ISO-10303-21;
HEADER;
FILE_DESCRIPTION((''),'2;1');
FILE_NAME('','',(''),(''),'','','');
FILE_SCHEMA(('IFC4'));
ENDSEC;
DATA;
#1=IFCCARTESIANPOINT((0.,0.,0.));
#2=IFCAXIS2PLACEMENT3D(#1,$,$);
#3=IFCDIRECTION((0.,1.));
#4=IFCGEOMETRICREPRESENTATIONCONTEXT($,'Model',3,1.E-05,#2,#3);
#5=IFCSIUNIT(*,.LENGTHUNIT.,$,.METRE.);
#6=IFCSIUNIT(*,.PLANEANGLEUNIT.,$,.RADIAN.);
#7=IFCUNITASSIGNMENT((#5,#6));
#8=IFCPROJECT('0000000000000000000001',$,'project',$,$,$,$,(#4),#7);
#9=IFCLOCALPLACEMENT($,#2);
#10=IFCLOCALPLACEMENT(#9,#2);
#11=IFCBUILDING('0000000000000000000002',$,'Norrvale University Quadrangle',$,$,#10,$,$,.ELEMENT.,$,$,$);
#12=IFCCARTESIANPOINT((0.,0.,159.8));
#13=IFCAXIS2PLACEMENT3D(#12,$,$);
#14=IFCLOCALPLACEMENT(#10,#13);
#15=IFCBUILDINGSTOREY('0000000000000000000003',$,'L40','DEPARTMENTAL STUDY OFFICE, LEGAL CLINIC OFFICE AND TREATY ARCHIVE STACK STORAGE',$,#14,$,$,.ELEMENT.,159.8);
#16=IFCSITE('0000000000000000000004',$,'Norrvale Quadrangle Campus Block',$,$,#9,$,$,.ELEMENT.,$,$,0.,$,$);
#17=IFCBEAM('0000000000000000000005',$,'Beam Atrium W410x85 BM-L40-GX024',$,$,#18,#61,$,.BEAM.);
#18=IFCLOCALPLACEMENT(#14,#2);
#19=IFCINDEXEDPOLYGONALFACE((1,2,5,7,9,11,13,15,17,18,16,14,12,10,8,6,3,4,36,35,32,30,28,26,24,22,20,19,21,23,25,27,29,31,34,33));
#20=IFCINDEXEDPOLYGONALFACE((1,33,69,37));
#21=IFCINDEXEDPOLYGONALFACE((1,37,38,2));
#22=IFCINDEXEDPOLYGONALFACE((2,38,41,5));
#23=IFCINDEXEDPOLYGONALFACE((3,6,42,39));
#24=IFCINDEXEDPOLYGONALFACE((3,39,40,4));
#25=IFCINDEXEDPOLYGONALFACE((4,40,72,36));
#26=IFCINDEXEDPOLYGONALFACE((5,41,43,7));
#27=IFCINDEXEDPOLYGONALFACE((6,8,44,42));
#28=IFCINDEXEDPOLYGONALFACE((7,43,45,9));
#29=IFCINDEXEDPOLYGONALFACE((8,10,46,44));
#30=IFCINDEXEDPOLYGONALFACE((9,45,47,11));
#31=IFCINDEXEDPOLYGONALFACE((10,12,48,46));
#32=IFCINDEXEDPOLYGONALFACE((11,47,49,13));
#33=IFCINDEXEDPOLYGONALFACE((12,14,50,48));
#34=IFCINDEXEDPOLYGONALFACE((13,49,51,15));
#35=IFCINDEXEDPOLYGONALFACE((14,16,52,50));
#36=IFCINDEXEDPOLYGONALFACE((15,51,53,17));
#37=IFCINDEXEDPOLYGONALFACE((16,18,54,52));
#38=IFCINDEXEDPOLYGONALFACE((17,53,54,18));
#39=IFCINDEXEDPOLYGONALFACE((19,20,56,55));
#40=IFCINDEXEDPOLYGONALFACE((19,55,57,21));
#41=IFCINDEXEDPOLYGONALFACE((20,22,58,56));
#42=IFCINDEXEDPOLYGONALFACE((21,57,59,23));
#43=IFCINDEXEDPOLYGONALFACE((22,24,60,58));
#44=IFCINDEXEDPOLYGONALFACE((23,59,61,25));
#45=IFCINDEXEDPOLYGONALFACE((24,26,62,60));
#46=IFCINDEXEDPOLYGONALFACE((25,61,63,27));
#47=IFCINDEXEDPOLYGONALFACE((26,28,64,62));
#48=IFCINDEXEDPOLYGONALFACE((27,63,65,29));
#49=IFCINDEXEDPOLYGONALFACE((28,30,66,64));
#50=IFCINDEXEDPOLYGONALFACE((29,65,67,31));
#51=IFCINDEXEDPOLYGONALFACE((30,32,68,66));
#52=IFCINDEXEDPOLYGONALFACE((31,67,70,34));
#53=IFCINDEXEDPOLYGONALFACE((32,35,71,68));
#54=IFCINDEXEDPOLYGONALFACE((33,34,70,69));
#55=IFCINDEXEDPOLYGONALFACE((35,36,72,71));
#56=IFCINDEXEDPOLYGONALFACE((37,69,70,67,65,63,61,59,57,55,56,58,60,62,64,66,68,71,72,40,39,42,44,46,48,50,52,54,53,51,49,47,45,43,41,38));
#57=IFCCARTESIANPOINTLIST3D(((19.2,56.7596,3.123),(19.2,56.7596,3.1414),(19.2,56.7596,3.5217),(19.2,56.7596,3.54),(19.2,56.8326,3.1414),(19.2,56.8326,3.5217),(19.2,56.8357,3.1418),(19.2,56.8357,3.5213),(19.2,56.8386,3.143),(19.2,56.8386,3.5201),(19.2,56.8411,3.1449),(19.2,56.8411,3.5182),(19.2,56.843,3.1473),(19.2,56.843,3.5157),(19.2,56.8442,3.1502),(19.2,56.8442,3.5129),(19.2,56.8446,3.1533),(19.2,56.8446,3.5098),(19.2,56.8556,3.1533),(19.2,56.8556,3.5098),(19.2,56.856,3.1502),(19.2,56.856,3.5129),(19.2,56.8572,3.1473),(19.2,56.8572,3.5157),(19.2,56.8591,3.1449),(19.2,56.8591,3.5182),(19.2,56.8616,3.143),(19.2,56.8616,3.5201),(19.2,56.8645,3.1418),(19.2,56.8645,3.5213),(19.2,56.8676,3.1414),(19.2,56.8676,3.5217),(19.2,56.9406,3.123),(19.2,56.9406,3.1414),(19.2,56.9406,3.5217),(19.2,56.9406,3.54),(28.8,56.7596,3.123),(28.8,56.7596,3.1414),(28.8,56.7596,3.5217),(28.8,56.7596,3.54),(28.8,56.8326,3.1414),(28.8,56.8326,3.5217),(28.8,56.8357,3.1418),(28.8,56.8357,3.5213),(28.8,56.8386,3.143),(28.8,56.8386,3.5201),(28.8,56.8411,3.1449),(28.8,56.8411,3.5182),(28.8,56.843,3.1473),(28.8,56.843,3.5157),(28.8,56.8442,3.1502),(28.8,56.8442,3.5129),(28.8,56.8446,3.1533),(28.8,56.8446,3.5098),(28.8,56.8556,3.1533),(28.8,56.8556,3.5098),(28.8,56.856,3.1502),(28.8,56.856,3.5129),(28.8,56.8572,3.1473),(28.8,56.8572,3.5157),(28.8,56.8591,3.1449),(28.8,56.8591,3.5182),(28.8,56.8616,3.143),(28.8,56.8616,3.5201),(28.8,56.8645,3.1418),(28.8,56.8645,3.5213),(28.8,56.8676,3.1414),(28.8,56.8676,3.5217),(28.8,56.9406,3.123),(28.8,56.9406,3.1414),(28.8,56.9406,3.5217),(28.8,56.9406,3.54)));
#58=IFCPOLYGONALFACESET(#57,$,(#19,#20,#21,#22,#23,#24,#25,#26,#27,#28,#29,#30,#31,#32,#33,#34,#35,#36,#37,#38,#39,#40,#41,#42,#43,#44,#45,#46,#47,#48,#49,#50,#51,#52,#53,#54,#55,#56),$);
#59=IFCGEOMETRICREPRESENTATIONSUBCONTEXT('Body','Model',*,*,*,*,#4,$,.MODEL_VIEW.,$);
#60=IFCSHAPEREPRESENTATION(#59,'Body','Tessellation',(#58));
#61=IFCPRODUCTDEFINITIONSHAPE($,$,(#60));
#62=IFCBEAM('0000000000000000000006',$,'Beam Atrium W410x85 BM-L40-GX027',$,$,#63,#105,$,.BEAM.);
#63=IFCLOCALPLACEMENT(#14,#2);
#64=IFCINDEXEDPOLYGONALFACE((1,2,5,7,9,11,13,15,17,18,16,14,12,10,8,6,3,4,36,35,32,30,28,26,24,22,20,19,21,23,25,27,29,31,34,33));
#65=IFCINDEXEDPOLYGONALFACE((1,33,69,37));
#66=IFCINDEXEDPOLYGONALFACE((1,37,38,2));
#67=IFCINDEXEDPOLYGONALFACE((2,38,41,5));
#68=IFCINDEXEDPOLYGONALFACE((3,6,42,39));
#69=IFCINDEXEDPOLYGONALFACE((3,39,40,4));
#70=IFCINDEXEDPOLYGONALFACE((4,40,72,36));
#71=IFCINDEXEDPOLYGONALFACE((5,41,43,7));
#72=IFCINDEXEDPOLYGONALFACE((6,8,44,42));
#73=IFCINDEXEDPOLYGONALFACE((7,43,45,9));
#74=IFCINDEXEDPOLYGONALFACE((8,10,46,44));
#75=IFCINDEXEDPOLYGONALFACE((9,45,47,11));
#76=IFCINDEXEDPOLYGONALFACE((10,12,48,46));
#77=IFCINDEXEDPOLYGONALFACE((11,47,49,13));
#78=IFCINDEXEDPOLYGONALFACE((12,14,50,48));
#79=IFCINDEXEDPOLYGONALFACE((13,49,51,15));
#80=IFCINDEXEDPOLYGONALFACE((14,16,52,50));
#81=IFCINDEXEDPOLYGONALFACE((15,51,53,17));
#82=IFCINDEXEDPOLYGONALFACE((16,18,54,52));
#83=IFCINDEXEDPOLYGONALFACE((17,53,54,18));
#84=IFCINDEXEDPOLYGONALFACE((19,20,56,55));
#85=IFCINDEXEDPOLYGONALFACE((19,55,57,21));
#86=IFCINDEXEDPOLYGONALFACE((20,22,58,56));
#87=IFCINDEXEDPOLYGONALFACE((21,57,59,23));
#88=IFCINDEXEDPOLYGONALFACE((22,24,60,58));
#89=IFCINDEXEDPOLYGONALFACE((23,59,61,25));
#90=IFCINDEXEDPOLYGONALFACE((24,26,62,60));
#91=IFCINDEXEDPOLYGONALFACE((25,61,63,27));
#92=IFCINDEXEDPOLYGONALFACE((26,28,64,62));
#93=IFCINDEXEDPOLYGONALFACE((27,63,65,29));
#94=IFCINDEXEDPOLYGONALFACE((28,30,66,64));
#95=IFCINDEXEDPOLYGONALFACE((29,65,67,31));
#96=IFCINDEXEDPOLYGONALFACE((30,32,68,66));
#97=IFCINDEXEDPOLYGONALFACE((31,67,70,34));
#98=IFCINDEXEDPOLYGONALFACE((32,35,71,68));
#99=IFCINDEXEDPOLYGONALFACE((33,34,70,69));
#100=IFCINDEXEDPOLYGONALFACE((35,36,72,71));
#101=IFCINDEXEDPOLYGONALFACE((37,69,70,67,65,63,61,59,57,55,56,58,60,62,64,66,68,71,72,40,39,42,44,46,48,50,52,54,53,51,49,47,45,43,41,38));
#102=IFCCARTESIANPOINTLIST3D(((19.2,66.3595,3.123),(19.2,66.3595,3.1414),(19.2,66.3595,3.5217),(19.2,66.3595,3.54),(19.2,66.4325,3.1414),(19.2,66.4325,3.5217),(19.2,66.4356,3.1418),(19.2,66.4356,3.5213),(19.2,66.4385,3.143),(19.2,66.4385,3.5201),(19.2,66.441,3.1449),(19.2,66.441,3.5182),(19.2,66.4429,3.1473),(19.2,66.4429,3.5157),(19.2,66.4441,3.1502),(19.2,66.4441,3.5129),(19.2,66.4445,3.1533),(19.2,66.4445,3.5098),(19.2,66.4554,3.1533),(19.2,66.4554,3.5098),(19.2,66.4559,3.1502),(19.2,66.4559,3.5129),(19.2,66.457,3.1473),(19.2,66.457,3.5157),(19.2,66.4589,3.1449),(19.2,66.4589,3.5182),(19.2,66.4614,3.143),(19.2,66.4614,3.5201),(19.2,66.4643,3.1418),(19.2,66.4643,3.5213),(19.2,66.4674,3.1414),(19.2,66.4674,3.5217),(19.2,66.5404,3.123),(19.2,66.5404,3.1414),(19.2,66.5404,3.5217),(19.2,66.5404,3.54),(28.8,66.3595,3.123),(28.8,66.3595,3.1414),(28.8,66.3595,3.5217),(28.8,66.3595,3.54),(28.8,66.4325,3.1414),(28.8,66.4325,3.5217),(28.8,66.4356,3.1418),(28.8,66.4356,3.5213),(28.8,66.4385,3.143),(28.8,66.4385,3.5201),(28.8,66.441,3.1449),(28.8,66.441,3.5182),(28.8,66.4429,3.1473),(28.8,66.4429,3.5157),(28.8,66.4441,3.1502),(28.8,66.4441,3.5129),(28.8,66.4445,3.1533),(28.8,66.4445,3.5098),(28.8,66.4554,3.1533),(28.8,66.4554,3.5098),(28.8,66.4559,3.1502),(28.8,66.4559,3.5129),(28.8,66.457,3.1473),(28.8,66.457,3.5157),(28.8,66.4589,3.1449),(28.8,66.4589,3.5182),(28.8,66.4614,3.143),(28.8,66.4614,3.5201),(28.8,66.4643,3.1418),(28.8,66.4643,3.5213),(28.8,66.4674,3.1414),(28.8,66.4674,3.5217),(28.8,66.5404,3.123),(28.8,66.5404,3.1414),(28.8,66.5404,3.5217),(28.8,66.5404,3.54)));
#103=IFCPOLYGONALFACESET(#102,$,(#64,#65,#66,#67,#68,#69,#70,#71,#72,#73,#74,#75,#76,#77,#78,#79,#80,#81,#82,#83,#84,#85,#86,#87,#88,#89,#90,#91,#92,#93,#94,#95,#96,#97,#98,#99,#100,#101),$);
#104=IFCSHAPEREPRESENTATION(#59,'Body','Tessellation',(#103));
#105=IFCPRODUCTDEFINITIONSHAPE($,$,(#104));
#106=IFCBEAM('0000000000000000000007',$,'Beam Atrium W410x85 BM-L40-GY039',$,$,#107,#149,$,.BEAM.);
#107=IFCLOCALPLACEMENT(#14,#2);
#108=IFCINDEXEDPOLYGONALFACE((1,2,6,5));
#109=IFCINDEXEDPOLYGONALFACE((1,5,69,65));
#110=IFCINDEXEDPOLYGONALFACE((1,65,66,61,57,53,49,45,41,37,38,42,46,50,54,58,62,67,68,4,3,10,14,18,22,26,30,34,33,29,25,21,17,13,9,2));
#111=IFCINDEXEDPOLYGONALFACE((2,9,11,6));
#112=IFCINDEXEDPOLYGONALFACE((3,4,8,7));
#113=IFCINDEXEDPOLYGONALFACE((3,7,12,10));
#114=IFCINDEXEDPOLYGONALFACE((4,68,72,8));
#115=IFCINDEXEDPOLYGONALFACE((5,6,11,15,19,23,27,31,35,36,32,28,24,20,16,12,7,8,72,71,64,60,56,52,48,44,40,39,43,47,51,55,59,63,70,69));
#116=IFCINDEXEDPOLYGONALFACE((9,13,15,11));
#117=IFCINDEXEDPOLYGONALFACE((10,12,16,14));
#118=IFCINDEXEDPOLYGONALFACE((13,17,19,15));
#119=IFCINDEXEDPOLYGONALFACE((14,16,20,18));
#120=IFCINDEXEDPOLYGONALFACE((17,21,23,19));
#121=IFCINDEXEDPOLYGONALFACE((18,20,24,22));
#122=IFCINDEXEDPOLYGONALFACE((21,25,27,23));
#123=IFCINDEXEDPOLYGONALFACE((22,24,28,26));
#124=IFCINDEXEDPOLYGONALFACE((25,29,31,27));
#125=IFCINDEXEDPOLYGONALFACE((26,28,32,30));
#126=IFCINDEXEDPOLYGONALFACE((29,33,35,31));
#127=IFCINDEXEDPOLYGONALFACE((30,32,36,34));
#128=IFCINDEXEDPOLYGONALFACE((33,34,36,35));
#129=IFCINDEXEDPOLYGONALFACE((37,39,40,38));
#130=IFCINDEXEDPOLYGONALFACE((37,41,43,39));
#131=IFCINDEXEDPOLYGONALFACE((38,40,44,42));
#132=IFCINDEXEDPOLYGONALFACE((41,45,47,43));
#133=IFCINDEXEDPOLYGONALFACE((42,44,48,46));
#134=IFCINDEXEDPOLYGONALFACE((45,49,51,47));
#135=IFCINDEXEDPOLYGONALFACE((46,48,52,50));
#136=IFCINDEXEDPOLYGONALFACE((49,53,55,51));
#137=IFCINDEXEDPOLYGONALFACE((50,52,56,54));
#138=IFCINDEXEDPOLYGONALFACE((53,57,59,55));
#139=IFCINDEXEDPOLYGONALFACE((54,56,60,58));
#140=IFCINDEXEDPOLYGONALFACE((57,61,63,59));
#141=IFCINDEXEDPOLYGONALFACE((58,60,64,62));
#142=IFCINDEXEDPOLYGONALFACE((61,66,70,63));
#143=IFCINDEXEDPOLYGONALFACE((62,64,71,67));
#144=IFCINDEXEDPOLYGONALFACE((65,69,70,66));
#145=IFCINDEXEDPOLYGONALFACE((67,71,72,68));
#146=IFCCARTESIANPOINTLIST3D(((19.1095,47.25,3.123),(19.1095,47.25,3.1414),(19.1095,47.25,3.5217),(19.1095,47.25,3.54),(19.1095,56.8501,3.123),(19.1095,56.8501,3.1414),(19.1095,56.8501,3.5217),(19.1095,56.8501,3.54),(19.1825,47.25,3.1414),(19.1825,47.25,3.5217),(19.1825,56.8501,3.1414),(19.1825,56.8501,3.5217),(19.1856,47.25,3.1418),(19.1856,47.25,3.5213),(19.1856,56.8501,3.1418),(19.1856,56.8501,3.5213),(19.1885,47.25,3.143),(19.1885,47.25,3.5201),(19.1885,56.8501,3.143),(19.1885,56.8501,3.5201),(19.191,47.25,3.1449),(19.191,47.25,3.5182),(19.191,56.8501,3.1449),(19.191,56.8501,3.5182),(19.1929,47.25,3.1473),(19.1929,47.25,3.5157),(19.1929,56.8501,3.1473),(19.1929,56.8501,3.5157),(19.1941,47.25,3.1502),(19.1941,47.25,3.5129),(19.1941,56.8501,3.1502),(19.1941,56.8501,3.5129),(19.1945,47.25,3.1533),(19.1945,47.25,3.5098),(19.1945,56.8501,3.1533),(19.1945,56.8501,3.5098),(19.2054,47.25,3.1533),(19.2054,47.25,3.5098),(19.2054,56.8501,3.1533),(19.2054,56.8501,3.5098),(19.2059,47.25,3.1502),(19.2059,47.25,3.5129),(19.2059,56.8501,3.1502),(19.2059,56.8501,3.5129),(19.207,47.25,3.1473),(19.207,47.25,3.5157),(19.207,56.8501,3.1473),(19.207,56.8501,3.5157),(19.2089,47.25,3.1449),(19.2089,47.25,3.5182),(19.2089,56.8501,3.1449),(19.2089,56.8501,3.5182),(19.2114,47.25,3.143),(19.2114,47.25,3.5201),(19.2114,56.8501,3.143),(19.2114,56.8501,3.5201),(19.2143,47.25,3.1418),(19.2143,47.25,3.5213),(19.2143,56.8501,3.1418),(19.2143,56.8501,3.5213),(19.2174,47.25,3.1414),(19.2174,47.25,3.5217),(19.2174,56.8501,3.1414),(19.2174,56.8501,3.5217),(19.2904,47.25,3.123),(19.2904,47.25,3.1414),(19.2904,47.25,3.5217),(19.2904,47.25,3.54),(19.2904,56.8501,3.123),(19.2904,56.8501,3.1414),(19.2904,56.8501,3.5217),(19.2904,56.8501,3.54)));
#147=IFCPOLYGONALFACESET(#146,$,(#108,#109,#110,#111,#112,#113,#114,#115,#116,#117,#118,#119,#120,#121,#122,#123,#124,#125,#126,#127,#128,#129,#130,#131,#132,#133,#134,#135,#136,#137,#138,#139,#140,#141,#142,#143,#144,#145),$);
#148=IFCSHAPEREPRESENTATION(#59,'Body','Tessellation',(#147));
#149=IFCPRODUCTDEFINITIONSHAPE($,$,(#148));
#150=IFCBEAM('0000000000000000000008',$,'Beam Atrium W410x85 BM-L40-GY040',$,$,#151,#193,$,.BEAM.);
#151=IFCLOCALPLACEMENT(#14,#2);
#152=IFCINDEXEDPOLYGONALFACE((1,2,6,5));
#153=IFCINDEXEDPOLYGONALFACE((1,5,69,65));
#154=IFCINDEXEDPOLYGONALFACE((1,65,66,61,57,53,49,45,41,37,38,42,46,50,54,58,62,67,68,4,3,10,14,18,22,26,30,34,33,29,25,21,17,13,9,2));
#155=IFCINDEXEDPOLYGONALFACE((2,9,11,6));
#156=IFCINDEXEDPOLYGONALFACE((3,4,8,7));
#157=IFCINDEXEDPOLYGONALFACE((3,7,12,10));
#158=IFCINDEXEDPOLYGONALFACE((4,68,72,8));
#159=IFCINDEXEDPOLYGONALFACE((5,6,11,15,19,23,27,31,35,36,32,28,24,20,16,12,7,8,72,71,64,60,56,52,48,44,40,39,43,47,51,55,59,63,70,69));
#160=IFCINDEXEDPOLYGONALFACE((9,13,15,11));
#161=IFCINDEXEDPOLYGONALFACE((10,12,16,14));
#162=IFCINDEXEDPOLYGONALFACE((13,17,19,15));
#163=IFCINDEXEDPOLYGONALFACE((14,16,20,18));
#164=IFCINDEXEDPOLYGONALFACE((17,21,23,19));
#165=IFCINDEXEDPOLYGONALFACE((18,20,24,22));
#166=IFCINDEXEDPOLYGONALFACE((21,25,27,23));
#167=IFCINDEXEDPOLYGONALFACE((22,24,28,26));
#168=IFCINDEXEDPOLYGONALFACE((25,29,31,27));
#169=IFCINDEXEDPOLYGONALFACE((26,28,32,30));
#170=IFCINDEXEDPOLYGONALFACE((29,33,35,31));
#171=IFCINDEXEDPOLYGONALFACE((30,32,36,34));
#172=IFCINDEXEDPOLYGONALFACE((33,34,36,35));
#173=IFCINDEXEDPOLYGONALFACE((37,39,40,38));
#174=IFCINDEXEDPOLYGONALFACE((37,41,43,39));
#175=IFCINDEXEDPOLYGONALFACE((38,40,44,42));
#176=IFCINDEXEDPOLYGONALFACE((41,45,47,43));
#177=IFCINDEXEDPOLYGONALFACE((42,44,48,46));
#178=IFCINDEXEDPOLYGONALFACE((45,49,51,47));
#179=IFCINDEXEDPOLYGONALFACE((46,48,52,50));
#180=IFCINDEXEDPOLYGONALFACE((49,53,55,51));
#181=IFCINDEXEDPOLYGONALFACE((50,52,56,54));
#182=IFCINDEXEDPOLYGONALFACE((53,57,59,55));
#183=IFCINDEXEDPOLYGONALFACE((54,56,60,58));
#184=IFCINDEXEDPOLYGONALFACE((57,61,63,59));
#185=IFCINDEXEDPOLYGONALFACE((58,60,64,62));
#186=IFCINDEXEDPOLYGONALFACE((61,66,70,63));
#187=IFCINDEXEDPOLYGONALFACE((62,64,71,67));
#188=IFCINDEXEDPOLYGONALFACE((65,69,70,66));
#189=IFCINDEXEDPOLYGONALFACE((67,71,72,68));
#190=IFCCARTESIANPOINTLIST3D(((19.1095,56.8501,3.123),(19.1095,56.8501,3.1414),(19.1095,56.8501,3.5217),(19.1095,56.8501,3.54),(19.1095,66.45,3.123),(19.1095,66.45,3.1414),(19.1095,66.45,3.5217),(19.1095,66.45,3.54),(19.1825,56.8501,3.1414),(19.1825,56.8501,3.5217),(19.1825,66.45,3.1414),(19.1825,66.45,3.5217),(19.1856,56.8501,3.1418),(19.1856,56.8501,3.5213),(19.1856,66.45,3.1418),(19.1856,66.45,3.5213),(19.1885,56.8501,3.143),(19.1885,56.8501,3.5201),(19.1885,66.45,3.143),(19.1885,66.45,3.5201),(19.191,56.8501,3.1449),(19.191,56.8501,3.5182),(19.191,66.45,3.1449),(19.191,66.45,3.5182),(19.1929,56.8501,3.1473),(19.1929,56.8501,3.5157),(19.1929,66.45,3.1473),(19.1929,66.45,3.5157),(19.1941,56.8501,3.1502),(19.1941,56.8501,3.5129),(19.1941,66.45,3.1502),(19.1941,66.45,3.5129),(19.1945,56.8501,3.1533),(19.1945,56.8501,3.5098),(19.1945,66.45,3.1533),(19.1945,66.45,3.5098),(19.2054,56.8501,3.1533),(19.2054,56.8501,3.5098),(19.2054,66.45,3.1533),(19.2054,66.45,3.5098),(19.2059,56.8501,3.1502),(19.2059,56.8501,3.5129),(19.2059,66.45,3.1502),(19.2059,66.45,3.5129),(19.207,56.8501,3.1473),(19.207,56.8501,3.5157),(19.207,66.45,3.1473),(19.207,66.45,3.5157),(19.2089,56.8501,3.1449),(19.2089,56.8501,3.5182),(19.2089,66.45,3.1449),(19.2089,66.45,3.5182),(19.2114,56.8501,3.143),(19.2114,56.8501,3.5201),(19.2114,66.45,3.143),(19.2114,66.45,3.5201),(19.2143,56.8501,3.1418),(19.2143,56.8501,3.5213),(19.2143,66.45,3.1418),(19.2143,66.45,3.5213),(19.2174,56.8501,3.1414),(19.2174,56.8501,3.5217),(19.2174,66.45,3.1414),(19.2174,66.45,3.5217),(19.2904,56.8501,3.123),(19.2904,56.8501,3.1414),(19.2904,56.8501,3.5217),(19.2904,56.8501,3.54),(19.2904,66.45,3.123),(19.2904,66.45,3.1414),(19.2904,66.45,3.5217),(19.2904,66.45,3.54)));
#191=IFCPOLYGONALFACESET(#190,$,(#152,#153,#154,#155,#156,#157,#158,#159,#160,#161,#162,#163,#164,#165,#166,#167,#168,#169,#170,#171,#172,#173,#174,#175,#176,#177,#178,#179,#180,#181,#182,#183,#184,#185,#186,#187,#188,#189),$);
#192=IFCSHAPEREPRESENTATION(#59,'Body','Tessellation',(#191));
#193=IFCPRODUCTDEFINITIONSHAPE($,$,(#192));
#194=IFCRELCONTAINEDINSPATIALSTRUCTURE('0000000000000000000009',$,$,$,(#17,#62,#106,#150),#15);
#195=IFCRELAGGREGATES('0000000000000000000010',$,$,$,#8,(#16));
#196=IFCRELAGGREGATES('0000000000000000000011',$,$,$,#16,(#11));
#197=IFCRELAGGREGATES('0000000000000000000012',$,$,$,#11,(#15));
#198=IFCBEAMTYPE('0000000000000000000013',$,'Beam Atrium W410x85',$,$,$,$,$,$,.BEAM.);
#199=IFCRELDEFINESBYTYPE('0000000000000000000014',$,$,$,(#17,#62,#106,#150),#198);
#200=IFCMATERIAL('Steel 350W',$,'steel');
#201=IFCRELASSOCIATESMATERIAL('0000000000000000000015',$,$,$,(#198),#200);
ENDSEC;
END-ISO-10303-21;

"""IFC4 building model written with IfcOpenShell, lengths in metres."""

from ifc_helpers import new_model, si_unit, direction, frame, origin, origin_2d, place, context, subcontext, project, spatial, i_section, extrude, material, material_profile, profile_set, type_object, element, save


model = new_model("IFC4")

# Units and contexts
model_context = context("Model", 3, precision=1e-05, world=origin(), true_north=direction((0.0, 1.0)))
body_context = subcontext(model_context, "Body", "Model", "MODEL_VIEW")
ifc_project = project(units=[si_unit("LENGTHUNIT", "METRE"), si_unit("PLANEANGLEUNIT", "RADIAN")], contexts=[model_context])

# Site, building, storey
site_placement = place(None, origin())
site = spatial("IfcSite", under=ifc_project, at=site_placement, Name="Norrvale Quadrangle Campus Block", CompositionType="ELEMENT", RefElevation=0.0)
building_placement = place(site_placement, origin())
building = spatial("IfcBuilding", under=site, at=building_placement, Name="Norrvale University Quadrangle", CompositionType="ELEMENT")
storey_placement = place(building_placement, frame((0.0, 0.0, 159.8)))
storey = spatial("IfcBuildingStorey", under=building, at=storey_placement, Name="L40", Description="DEPARTMENTAL STUDY OFFICE, LEGAL CLINIC OFFICE AND TREATY ARCHIVE STACK STORAGE", CompositionType="ELEMENT", Elevation=159.8)

# Beams
ifc_material_1 = material(Name="Steel 350W", Category="steel")
ifc_material_profile_1 = material_profile(ifc_material_1, i_section(OverallWidth=0.1809, OverallDepth=0.417, WebThickness=0.011, FlangeThickness=0.0183, FilletRadius=0.012, at=origin_2d()), Name="Steel 350W")
ifc_profile_set_1 = profile_set([ifc_material_profile_1], Name="Steel 350W")
beam_type_1 = type_object("IfcBeamType", Name="Beam Atrium W410x85", PredefinedType="BEAM", material=ifc_profile_set_1)
for number, where, z_axis, x_axis, name in (
    (1, (19.2, 56.8501, 3.3315), (1.0, 0.0, 0.0), (0.0, 1.0, 0.0), "Beam Atrium W410x85 BM-L40-GX024"),
    (2, (19.2, 66.45, 3.3315), (1.0, 0.0, 0.0), (0.0, 1.0, 0.0), "Beam Atrium W410x85 BM-L40-GX027"),
    (3, (19.2, 47.25, 3.3315), (0.0, 1.0, 0.0), (-1.0, 0.0, 0.0), "Beam Atrium W410x85 BM-L40-GY039"),
):
    element("IfcBeam", number, at=place(storey_placement, frame(where, z_axis=z_axis, x_axis=x_axis)), inside=storey, type_object=beam_type_1, Name=name, PredefinedType="BEAM", context=body_context, shape_type="SweptSolid", body=[
        extrude(i_section(OverallWidth=0.1809, OverallDepth=0.417, WebThickness=0.011, FlangeThickness=0.0183, FilletRadius=0.012, at=origin_2d()), origin(), (0.0, 0.0, 1.0), 9.6001),
    ])
beam_1_placement = place(storey_placement, frame((19.2, 56.8501, 3.3315), z_axis=(0.0, 1.0, 0.0), x_axis=(-1.0, 0.0, 0.0)))
element("IfcBeam", 4, at=beam_1_placement, inside=storey, type_object=beam_type_1, Name="Beam Atrium W410x85 BM-L40-GY040", PredefinedType="BEAM", context=body_context, shape_type="SweptSolid", body=[
    extrude(i_section(OverallWidth=0.1809, OverallDepth=0.417, WebThickness=0.011, FlangeThickness=0.0183, FilletRadius=0.012, at=origin_2d()), origin(), (0.0, 0.0, 1.0), 9.5999),
])

save(model, "model.ifc")
